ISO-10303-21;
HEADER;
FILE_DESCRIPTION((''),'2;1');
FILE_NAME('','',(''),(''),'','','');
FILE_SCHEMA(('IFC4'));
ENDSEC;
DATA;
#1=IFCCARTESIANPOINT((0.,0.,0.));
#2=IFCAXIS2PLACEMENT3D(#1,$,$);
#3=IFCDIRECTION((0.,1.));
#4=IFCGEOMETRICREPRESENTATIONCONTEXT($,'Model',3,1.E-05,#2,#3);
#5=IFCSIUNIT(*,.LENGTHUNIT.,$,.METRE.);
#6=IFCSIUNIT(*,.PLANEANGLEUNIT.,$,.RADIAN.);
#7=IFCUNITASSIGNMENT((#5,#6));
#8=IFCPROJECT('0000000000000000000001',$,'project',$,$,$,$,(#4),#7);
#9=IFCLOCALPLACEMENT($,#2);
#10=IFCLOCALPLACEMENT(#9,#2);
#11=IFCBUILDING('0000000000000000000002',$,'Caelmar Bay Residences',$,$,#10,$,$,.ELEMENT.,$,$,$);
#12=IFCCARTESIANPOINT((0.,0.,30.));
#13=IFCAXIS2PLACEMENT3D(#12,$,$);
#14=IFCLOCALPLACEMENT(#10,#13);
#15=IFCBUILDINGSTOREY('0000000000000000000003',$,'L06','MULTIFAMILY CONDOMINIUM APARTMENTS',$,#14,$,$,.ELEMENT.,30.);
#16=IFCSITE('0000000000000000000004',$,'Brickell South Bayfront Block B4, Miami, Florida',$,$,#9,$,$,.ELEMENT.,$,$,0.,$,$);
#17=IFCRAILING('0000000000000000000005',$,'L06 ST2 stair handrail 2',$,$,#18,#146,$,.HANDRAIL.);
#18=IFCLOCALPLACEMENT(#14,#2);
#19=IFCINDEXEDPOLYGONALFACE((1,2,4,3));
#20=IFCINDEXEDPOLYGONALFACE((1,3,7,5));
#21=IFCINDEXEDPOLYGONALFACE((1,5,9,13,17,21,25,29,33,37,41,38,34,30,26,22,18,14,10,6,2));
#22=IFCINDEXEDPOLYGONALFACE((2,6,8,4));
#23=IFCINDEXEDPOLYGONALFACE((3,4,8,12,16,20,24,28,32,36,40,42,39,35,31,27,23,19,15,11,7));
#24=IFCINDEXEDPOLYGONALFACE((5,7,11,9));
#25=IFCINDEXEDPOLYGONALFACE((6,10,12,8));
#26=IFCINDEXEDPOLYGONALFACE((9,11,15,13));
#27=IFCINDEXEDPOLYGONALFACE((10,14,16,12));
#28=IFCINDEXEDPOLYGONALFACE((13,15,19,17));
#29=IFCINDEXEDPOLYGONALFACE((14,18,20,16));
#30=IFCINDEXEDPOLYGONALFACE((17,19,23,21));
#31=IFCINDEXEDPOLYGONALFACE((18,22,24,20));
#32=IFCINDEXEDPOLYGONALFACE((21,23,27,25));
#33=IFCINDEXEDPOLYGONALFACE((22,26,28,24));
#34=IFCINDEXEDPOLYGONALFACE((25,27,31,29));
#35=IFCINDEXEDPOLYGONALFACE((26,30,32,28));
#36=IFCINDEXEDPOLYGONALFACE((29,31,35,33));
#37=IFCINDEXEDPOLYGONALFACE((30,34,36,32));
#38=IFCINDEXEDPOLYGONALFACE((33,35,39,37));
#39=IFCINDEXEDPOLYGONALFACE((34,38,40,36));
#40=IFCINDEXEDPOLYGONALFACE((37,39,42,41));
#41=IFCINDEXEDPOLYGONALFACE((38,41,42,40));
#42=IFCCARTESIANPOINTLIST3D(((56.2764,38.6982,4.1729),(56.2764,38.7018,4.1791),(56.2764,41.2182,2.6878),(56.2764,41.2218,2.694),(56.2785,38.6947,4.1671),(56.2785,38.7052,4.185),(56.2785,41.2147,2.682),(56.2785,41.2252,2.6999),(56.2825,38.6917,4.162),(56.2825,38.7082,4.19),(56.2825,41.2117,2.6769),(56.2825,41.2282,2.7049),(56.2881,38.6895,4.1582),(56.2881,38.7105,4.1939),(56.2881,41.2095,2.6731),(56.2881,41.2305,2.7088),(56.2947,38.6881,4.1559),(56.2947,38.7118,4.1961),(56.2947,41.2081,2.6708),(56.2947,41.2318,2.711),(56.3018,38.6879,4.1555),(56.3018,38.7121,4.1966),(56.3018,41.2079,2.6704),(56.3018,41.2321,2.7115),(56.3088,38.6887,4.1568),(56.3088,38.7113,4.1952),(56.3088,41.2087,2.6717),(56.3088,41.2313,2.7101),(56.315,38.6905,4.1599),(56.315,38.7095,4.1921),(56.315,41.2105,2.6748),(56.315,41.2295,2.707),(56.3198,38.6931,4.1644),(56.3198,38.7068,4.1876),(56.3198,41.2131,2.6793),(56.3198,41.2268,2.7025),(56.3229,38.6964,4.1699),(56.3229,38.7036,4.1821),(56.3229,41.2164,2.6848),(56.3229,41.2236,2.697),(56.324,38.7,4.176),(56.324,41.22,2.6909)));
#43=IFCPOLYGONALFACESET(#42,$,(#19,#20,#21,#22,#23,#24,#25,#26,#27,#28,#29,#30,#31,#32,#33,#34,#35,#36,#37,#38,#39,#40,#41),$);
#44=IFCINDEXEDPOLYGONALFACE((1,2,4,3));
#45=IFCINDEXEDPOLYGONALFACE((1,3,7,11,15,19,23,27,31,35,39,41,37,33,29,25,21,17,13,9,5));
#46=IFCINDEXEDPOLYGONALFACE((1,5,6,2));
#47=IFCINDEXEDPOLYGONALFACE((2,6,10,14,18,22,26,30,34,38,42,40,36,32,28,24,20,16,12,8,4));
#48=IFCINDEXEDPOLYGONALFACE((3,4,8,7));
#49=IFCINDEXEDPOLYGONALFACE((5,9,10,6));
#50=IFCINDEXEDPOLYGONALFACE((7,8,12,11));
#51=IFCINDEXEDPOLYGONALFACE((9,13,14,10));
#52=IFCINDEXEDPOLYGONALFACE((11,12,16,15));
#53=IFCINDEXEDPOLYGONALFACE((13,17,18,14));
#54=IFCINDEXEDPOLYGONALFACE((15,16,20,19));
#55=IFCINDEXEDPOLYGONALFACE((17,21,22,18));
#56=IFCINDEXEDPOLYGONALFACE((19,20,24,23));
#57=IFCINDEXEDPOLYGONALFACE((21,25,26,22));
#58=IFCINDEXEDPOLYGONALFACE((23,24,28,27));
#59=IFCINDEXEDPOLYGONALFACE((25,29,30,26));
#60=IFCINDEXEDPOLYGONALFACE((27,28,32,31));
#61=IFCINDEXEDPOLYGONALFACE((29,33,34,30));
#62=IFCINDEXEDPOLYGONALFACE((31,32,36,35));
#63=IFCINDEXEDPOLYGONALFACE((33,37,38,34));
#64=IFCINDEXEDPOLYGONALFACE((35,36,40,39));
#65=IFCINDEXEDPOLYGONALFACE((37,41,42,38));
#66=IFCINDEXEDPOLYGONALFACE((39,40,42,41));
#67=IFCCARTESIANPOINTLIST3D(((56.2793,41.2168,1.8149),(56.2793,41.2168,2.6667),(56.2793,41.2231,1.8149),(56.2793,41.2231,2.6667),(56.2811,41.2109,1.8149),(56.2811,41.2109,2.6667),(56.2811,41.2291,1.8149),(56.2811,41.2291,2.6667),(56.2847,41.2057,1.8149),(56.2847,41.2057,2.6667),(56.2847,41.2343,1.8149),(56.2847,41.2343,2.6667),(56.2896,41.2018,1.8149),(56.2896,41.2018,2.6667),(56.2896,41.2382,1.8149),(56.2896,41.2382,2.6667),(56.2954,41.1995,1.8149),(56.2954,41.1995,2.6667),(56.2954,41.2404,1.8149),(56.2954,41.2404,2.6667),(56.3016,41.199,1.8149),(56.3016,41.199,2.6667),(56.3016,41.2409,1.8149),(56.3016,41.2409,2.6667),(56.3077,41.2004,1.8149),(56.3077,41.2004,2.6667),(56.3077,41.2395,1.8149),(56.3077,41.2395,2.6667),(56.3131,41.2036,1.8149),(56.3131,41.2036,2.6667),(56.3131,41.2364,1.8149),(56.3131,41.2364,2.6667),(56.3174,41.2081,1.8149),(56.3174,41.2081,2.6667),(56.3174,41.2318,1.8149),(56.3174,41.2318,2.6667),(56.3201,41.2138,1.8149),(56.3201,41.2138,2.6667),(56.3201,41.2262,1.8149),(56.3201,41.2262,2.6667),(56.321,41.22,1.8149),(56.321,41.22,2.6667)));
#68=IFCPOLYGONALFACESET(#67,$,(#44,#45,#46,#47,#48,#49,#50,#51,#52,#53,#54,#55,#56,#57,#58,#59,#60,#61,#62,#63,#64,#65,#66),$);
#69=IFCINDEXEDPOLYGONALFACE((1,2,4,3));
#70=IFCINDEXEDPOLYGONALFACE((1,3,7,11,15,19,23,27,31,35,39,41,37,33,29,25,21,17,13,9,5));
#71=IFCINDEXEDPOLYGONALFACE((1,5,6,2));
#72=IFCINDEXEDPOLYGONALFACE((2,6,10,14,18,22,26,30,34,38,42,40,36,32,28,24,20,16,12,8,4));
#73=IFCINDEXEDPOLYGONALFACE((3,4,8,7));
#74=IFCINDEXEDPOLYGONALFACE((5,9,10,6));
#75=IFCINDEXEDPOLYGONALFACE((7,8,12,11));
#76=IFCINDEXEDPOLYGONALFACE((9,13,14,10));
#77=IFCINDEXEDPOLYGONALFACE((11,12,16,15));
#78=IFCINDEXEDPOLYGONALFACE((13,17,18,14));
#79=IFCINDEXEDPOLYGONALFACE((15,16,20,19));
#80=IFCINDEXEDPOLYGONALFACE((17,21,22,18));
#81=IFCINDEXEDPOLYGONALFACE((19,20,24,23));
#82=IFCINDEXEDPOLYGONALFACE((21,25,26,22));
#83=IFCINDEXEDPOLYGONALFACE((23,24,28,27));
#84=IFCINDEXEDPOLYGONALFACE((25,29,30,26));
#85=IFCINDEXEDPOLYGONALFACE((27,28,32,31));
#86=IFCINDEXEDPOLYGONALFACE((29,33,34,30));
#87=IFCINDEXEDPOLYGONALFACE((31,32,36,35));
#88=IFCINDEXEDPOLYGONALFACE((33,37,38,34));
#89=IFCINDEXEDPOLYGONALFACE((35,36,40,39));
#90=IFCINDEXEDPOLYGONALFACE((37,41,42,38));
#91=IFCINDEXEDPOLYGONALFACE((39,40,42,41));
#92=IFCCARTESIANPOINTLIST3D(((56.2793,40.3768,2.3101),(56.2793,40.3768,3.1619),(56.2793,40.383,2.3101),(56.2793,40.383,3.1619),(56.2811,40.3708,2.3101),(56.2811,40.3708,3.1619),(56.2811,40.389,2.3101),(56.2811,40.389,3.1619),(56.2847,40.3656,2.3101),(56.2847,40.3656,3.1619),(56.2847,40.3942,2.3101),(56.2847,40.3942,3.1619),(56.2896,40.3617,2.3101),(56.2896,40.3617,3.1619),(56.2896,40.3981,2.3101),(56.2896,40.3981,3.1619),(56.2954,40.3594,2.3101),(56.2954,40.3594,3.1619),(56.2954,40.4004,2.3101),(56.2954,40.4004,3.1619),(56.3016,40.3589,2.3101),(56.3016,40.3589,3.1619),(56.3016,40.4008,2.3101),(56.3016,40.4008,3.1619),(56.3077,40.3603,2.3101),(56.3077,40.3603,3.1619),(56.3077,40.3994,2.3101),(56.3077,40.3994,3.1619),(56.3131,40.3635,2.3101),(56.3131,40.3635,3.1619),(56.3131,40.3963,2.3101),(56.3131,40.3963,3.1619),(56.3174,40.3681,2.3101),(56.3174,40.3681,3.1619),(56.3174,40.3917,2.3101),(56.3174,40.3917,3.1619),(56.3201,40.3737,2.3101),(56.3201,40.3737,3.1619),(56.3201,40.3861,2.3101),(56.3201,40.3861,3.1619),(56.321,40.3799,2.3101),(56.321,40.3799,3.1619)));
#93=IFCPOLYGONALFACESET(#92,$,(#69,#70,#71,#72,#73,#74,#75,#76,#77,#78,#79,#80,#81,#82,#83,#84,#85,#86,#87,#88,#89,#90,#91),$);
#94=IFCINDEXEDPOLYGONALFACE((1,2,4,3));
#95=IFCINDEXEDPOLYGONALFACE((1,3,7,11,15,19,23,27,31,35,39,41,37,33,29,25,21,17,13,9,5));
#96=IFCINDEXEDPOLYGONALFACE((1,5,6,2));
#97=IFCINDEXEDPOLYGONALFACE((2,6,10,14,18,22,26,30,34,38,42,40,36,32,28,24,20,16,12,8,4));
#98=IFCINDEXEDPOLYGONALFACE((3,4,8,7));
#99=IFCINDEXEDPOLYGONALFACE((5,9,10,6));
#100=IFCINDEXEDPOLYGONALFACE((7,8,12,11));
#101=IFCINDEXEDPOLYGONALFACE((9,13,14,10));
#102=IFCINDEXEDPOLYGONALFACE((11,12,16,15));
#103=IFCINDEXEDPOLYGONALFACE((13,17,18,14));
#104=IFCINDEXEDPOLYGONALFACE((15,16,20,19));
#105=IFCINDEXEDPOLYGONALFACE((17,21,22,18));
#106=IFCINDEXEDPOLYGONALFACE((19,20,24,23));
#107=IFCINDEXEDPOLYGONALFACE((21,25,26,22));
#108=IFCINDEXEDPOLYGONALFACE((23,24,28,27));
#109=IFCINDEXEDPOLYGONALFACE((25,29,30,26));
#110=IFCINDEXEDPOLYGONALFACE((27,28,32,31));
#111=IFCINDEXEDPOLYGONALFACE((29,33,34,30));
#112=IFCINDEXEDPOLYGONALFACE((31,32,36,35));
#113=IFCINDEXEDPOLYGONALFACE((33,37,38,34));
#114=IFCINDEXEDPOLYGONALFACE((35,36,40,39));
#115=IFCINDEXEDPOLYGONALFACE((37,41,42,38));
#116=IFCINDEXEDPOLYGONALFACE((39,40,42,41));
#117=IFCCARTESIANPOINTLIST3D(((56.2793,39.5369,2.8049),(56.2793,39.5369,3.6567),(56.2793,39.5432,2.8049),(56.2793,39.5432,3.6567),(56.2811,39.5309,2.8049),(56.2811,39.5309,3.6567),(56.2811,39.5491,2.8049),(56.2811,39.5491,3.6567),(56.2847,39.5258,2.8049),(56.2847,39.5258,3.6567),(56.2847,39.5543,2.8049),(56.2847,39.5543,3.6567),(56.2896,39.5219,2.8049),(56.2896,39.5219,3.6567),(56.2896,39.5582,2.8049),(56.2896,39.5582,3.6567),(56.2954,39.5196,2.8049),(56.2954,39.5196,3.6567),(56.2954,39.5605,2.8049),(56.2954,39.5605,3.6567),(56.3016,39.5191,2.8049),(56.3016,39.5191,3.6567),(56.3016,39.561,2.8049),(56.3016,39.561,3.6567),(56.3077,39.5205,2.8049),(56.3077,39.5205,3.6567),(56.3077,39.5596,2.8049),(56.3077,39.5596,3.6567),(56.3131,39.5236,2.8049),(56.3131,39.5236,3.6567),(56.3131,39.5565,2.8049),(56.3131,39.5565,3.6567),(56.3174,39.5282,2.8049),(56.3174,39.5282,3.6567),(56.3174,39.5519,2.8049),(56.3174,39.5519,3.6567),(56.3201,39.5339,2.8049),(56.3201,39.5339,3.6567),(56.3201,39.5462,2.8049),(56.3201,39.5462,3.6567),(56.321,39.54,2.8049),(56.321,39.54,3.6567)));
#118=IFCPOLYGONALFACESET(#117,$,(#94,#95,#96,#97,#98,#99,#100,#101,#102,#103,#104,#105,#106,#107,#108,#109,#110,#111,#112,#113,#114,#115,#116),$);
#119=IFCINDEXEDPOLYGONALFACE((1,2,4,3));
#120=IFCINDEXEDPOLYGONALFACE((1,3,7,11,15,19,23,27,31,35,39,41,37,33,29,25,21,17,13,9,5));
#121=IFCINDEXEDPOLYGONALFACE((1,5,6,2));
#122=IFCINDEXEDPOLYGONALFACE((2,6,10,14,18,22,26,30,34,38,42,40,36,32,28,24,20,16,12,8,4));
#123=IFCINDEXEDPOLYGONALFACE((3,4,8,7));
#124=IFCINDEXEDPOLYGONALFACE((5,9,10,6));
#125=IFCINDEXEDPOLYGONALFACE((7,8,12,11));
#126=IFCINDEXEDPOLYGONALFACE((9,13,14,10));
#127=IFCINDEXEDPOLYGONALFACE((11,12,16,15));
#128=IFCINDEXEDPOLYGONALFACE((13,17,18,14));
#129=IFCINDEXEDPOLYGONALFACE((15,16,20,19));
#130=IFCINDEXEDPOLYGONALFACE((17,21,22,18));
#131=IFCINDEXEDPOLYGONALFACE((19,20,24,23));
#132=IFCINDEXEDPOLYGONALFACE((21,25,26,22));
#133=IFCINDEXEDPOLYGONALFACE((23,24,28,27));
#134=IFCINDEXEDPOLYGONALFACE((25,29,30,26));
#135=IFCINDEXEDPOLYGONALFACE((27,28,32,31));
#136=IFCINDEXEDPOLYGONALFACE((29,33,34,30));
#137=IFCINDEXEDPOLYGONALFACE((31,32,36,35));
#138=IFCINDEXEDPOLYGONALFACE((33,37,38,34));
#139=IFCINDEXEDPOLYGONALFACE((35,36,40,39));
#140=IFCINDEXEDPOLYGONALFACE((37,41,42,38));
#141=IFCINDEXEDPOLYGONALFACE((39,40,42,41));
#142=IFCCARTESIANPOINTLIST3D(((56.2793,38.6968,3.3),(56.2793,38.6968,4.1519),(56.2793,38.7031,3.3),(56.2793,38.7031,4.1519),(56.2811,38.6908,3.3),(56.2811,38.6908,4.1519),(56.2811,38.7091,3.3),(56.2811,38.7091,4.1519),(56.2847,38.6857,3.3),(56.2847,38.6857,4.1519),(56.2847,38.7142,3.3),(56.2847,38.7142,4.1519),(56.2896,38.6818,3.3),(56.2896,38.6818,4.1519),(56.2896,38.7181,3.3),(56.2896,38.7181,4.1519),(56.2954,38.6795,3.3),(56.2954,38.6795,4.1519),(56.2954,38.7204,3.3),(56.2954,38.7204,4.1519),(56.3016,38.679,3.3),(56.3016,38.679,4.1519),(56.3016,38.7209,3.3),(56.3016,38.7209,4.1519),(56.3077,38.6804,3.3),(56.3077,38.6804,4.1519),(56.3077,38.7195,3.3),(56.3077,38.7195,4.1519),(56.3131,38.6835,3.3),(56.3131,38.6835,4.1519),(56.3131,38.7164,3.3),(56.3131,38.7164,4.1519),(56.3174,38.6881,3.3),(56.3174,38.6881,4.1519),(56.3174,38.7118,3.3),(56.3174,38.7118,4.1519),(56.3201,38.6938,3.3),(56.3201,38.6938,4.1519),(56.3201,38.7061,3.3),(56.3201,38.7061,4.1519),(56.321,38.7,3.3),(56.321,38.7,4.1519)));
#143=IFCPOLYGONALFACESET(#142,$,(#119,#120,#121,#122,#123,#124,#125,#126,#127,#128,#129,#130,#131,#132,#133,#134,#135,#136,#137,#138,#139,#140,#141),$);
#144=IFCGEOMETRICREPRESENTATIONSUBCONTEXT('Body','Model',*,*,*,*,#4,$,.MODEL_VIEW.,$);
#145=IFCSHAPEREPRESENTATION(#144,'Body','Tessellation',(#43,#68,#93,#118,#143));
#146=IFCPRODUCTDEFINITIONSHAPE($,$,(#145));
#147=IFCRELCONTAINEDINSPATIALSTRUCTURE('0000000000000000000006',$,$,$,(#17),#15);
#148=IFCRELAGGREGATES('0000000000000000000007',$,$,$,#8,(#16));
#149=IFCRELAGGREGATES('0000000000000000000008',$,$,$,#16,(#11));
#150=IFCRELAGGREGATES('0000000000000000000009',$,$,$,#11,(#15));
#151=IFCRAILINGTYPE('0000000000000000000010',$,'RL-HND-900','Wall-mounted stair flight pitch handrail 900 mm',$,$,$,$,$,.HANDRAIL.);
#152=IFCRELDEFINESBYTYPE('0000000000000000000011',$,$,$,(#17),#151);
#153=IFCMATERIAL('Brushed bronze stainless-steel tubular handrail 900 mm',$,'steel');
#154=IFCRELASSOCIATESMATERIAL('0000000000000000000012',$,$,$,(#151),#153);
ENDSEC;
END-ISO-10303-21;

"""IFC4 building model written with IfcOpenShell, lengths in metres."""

from ifc_helpers import new_model, si_unit, direction, frame, origin, origin_2d, place, context, subcontext, project, spatial, circle, extrude, material, type_object, element, save


model = new_model("IFC4")

# Units and contexts
model_context = context("Model", 3, precision=1e-05, world=origin(), true_north=direction((0.0, 1.0)))
body_context = subcontext(model_context, "Body", "Model", "MODEL_VIEW")
ifc_project = project(units=[si_unit("LENGTHUNIT", "METRE"), si_unit("PLANEANGLEUNIT", "RADIAN")], contexts=[model_context])

# Site, building, storey
site_placement = place(None, origin())
site = spatial("IfcSite", under=ifc_project, at=site_placement, Name="Brickell South Bayfront Block B4, Miami, Florida", CompositionType="ELEMENT", RefElevation=0.0)
building_placement = place(site_placement, origin())
building = spatial("IfcBuilding", under=site, at=building_placement, Name="Caelmar Bay Residences", CompositionType="ELEMENT")
storey_placement = place(building_placement, frame((0.0, 0.0, 30.0)))
storey = spatial("IfcBuildingStorey", under=building, at=storey_placement, Name="L06", Description="MULTIFAMILY CONDOMINIUM APARTMENTS", CompositionType="ELEMENT", Elevation=30.0)

# Railing
ifc_material_1 = material(Name="Brushed bronze stainless-steel tubular handrail 900 mm", Category="steel")
railing_type_1 = type_object("IfcRailingType", Name="RL-HND-900", Description="Wall-mounted stair flight pitch handrail 900 mm", PredefinedType="HANDRAIL", material=ifc_material_1)
railing_1_placement = place(storey_placement, frame((56.3, 41.22, 1.8149)))
element("IfcRailing", 1, at=railing_1_placement, inside=storey, type_object=railing_type_1, Name="L06 ST2 stair handrail 2", PredefinedType="HANDRAIL", context=body_context, shape_type="SweptSolid", body=[
    extrude(circle(Radius=0.0239, at=origin_2d()), frame((0.0, 0.0, 0.876), z_axis=(0.0, -0.861524, 0.507717), x_axis=(1.0, 0.0, 0.0)), (0.0, 0.0, 1.0), 2.925),
    extrude(circle(Radius=0.021, at=origin_2d()), origin(), (0.0, 0.0, 1.0), 0.8518),
    extrude(circle(Radius=0.021, at=origin_2d()), frame((0.0, -0.8401, 0.4951)), (0.0, 0.0, 1.0), 0.8518),
    extrude(circle(Radius=0.021, at=origin_2d()), frame((0.0, -1.6799, 0.99)), (0.0, 0.0, 1.0), 0.8518),
    extrude(circle(Radius=0.021, at=origin_2d()), frame((0.0, -2.52, 1.4851)), (0.0, 0.0, 1.0), 0.8518),
])

save(model, "model.ifc")
